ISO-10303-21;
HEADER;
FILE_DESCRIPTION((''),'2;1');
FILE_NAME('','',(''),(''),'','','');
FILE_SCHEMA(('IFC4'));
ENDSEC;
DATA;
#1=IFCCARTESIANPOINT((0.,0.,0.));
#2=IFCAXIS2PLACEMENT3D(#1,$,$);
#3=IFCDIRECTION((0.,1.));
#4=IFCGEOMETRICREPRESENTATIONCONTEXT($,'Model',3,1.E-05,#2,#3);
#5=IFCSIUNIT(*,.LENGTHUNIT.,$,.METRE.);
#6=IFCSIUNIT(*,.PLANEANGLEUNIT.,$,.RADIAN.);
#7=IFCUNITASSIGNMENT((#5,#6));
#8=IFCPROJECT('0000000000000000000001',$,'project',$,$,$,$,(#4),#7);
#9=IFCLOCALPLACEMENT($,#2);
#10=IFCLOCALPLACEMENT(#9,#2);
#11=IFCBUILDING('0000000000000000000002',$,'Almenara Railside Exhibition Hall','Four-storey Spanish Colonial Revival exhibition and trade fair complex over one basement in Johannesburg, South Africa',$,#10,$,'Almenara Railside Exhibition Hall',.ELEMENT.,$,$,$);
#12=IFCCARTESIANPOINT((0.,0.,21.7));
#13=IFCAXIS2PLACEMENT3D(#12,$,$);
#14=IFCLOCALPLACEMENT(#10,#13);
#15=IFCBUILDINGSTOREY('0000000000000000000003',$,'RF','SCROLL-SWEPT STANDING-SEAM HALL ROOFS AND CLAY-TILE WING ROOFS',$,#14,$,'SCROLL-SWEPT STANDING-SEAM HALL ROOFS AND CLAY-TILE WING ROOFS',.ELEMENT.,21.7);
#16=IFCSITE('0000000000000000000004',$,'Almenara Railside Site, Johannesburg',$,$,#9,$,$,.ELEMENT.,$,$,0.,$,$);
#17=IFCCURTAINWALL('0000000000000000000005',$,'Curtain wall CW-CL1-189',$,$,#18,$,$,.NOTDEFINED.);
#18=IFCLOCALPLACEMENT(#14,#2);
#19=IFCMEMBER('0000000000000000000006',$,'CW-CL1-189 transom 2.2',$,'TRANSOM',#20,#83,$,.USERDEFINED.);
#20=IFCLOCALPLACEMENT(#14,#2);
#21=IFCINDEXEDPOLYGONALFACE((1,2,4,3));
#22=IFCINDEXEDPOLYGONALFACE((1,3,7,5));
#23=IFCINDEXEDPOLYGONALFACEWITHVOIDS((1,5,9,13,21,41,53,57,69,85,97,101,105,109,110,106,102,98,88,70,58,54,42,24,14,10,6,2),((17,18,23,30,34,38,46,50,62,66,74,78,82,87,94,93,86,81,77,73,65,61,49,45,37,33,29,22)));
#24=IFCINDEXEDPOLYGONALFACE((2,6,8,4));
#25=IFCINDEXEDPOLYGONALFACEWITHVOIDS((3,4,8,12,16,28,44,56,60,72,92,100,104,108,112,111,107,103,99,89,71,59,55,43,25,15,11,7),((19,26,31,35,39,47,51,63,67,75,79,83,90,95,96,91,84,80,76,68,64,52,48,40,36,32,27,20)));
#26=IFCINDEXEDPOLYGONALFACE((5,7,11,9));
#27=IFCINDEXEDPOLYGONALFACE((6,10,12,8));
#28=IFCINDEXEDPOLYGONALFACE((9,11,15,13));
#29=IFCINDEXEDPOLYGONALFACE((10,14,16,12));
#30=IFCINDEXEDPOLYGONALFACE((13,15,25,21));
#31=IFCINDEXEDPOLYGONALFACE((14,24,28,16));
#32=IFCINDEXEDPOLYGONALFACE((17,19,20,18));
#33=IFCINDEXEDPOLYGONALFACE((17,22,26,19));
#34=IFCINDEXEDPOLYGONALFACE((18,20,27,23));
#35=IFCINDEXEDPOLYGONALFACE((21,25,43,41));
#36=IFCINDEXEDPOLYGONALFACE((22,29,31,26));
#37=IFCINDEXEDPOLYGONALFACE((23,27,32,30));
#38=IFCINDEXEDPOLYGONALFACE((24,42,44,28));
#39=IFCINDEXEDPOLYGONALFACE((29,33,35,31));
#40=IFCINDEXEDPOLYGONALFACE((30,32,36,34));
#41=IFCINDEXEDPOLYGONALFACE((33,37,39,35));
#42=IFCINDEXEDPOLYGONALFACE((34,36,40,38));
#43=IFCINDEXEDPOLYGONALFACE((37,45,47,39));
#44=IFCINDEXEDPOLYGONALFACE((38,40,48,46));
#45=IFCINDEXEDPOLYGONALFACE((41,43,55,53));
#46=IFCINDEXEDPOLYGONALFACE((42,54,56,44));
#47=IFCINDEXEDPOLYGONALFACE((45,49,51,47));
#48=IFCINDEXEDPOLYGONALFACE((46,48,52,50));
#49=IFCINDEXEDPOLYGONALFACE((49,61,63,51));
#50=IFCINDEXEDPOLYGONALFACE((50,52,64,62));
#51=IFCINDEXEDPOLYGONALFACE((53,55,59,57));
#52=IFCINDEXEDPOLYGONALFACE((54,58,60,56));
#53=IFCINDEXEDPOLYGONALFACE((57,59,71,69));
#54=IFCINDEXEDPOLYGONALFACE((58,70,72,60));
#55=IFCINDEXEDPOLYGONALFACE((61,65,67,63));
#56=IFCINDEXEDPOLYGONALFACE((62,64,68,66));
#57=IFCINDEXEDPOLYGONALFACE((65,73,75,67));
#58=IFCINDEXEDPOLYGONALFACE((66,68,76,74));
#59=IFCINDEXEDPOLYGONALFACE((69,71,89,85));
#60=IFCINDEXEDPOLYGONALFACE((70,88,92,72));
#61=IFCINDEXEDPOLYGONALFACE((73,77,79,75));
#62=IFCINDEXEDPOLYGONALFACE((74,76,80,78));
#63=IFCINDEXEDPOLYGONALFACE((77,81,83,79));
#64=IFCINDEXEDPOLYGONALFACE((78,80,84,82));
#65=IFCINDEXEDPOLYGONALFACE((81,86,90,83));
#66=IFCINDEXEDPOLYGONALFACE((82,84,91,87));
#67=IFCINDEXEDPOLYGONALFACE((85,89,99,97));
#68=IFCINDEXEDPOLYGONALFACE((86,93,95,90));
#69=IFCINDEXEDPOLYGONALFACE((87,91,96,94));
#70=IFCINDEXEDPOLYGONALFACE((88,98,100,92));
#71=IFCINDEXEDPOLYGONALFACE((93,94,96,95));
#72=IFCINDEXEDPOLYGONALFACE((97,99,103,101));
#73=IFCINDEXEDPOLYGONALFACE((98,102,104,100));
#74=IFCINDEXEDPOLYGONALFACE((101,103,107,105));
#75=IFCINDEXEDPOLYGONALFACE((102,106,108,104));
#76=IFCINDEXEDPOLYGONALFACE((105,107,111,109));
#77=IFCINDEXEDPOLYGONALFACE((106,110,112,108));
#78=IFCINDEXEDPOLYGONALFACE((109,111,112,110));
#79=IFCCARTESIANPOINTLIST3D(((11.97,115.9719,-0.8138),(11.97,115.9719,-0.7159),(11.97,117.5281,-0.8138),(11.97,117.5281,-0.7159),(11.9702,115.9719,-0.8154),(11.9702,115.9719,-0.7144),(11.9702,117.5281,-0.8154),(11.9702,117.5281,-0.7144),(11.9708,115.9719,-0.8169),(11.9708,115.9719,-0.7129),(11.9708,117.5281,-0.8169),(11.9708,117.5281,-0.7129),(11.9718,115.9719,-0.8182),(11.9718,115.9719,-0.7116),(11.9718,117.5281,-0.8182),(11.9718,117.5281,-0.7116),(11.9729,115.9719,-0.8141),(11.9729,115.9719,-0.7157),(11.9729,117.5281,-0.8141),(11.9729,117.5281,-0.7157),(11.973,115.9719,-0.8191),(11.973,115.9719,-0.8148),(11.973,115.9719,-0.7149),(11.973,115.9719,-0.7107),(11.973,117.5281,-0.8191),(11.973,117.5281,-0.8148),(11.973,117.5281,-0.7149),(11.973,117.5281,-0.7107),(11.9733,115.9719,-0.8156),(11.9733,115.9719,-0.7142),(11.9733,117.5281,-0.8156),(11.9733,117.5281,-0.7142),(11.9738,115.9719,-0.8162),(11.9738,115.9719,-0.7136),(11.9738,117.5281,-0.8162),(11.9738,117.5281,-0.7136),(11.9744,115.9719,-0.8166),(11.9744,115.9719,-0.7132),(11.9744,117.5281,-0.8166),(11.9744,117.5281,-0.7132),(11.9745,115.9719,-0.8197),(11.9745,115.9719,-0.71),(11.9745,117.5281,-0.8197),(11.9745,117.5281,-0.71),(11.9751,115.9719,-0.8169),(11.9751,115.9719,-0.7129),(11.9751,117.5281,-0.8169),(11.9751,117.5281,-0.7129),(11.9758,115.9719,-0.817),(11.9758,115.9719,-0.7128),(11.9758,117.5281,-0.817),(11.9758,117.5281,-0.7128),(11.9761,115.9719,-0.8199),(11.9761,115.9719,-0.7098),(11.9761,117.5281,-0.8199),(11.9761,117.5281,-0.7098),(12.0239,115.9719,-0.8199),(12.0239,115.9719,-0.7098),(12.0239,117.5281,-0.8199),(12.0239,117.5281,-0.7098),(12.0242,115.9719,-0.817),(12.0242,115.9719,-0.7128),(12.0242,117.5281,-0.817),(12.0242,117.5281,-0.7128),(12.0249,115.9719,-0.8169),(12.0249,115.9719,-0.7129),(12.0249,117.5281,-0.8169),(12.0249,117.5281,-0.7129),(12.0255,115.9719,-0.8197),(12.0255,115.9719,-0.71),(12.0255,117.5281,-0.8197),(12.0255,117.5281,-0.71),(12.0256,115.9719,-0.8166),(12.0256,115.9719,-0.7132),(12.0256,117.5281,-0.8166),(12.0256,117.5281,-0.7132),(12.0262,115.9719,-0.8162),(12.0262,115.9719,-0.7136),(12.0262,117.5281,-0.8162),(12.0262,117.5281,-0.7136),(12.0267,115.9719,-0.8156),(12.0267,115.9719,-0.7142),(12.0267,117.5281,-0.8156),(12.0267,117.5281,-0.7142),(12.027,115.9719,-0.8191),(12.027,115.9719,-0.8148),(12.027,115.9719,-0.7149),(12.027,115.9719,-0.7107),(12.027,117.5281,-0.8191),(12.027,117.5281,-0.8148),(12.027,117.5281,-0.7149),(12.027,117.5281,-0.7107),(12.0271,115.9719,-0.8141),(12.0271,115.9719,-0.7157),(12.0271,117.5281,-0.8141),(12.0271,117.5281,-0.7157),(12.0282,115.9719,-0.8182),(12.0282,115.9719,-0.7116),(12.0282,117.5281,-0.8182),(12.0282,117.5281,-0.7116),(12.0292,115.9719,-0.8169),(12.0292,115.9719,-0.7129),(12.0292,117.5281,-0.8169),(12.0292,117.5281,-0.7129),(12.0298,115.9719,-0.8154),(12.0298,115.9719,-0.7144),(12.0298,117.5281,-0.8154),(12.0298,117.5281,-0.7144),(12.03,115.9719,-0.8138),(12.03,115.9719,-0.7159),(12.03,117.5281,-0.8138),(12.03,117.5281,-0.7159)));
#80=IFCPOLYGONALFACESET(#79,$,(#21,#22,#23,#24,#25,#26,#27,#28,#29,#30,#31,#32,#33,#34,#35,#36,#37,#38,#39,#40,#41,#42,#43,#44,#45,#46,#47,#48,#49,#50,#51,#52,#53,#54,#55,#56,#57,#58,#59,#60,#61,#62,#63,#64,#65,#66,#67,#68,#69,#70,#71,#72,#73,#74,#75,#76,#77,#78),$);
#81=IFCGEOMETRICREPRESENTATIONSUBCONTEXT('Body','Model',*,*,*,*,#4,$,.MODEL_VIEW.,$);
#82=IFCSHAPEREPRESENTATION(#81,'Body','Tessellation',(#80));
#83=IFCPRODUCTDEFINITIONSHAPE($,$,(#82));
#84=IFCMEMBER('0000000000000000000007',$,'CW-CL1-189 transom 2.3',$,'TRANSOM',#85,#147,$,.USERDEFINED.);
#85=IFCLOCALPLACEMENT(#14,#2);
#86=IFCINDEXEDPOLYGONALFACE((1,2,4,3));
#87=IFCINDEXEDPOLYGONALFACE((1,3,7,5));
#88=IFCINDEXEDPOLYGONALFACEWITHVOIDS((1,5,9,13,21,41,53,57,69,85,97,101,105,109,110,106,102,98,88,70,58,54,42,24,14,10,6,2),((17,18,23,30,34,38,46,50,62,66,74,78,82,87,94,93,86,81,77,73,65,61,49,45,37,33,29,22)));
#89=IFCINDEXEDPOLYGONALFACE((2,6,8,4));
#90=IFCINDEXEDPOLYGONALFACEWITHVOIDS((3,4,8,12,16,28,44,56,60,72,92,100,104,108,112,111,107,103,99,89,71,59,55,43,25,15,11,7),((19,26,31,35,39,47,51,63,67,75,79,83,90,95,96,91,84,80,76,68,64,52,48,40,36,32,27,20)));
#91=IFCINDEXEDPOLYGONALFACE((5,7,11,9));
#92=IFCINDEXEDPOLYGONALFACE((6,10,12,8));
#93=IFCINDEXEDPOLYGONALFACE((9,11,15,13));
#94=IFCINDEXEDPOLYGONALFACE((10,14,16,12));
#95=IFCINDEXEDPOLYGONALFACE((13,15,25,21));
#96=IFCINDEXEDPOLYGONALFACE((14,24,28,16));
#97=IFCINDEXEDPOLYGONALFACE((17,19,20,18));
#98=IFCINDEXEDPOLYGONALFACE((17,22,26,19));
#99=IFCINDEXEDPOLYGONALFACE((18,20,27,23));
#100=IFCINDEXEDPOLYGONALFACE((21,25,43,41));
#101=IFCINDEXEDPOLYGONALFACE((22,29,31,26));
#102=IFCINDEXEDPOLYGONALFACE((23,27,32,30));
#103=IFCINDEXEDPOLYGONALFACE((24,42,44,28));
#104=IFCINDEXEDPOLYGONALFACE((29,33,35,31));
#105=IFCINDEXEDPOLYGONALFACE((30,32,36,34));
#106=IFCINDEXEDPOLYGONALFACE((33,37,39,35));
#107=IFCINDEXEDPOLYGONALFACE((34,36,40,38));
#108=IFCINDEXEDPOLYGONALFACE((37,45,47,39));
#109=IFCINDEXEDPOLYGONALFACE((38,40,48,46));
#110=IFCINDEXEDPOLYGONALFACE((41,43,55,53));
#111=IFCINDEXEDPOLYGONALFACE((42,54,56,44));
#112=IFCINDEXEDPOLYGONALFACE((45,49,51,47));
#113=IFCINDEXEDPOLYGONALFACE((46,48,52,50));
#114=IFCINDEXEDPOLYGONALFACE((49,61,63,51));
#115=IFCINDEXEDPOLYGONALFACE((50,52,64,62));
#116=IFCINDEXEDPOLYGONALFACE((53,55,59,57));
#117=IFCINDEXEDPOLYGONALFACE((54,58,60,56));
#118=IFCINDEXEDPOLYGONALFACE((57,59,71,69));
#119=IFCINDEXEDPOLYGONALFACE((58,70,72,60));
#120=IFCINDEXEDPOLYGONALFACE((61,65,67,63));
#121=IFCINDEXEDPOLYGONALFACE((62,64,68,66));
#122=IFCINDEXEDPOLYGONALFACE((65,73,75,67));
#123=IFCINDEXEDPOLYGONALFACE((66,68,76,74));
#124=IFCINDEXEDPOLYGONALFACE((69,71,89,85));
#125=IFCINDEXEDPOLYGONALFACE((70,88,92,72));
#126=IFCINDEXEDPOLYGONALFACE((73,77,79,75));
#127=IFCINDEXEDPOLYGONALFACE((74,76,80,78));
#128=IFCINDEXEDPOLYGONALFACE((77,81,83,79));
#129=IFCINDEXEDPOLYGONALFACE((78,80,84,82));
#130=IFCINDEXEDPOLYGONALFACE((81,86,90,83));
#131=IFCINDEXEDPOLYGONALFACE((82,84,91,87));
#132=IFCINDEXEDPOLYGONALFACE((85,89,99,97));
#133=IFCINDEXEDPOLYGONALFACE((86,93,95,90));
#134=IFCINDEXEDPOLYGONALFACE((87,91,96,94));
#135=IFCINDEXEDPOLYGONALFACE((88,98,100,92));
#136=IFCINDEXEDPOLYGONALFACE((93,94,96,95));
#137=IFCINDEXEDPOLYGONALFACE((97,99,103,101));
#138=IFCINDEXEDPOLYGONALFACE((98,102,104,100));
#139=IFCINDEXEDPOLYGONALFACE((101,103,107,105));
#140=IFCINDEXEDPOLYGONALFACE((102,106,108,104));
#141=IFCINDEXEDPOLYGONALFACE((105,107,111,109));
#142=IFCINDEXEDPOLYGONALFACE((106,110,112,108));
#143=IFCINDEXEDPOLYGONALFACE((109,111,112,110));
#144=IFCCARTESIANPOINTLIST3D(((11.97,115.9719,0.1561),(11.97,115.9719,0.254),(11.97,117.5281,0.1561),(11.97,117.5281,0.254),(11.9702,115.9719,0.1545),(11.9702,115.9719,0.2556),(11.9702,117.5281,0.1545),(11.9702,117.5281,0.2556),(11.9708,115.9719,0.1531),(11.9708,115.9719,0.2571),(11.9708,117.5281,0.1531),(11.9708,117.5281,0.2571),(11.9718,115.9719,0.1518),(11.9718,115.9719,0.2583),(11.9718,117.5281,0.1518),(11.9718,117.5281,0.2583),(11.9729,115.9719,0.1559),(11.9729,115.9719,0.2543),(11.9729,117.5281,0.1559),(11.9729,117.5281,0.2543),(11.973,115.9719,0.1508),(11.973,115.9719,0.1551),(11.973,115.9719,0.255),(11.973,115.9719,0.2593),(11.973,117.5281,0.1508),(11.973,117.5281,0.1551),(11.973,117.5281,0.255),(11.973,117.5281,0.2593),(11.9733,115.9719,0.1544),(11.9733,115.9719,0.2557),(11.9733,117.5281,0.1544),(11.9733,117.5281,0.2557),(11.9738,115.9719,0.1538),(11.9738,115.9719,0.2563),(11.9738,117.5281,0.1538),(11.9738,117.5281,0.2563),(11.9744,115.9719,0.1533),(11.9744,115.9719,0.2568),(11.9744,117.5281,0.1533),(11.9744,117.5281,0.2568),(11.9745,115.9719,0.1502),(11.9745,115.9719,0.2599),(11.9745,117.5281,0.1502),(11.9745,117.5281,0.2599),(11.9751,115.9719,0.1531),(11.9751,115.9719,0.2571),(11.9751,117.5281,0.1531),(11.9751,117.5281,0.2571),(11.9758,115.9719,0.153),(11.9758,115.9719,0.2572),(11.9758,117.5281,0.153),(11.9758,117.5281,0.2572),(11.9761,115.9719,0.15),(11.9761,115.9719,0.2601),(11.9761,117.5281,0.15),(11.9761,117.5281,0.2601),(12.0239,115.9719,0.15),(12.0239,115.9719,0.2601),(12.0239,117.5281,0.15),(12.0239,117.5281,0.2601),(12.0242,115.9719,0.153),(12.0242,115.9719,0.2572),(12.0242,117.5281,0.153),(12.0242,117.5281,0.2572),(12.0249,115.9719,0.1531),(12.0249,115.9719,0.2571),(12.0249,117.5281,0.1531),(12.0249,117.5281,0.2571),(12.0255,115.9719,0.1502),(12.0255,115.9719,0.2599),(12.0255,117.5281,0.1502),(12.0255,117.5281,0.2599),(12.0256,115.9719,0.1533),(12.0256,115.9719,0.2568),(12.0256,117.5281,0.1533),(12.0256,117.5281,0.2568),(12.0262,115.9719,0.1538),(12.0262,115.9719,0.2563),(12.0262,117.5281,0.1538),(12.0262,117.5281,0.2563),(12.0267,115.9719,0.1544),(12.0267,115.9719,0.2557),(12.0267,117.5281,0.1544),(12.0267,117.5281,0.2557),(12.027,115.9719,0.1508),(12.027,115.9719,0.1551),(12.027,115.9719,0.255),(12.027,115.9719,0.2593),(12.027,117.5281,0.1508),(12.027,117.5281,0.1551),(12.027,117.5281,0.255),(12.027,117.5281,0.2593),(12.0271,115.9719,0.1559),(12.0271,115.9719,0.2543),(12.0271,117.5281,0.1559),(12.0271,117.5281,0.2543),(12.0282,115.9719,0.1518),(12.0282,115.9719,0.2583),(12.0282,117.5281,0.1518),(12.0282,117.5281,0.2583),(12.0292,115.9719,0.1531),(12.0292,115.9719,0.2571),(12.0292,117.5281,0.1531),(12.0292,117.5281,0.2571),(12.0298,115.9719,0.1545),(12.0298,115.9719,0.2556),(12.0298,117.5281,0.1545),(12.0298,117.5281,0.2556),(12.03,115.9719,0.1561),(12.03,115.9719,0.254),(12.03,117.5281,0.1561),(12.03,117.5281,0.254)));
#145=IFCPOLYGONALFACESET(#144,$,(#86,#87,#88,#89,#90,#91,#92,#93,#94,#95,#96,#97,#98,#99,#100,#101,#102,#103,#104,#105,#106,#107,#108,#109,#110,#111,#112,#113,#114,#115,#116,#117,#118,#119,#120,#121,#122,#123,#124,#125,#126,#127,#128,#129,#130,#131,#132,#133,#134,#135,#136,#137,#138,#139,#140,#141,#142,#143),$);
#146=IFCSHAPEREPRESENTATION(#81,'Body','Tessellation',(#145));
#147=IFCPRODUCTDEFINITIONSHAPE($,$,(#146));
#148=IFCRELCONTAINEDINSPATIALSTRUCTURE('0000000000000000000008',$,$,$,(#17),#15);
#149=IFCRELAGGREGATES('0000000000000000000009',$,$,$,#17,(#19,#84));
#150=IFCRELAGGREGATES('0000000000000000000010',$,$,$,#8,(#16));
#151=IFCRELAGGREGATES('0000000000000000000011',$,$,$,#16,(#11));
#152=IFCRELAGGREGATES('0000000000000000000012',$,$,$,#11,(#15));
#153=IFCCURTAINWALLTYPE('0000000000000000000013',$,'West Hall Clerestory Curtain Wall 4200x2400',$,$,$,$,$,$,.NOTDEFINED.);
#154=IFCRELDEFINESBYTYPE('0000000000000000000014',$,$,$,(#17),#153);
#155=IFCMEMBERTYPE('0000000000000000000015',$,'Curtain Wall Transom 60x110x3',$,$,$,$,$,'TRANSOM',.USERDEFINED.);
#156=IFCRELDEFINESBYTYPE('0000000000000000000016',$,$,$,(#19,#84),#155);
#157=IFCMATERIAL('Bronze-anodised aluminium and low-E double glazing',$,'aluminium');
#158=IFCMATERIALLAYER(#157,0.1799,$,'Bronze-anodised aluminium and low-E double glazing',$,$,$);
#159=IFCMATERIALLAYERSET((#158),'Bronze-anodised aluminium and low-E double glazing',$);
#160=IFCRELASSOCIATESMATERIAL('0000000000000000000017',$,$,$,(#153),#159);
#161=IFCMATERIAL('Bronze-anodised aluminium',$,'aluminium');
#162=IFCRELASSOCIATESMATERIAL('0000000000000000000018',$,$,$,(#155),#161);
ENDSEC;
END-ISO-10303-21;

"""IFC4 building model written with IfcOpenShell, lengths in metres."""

from ifc_helpers import new_model, si_unit, direction, frame, origin, origin_2d, place, context, subcontext, project, spatial, hollow_rectangle, extrude, material, layer, layer_set, material_profile, profile_set, type_object, element, aggregate, save


model = new_model("IFC4")

# Units and contexts
model_context = context("Model", 3, precision=1e-05, world=origin(), true_north=direction((0.0, 1.0)))
body_context = subcontext(model_context, "Body", "Model", "MODEL_VIEW")
ifc_project = project(units=[si_unit("LENGTHUNIT", "METRE"), si_unit("PLANEANGLEUNIT", "RADIAN")], contexts=[model_context])

# Site, building, storey
site_placement = place(None, origin())
site = spatial("IfcSite", under=ifc_project, at=site_placement, Name="Almenara Railside Site, Johannesburg", CompositionType="ELEMENT", RefElevation=0.0)
building_placement = place(site_placement, origin())
building = spatial("IfcBuilding", under=site, at=building_placement, Name="Almenara Railside Exhibition Hall", Description="Four-storey Spanish Colonial Revival exhibition and trade fair complex over one basement in Johannesburg, South Africa", LongName="Almenara Railside Exhibition Hall", CompositionType="ELEMENT")
storey_placement = place(building_placement, frame((0.0, 0.0, 21.7)))
storey = spatial("IfcBuildingStorey", under=building, at=storey_placement, Name="RF", Description="SCROLL-SWEPT STANDING-SEAM HALL ROOFS AND CLAY-TILE WING ROOFS", LongName="SCROLL-SWEPT STANDING-SEAM HALL ROOFS AND CLAY-TILE WING ROOFS", CompositionType="ELEMENT", Elevation=21.7)

# Curtain wall
ifc_material_1 = material(Name="Bronze-anodised aluminium and low-E double glazing", Category="aluminium")
ifc_layer_1 = layer(ifc_material_1, 0.1799, Name="Bronze-anodised aluminium and low-E double glazing")
ifc_layer_set_1 = layer_set([ifc_layer_1], Name="Bronze-anodised aluminium and low-E double glazing")
curtain_wall_type = type_object("IfcCurtainWallType", Name="West Hall Clerestory Curtain Wall 4200x2400", PredefinedType="NOTDEFINED", material=ifc_layer_set_1)
curtain_wall_1_placement = place(storey_placement, origin())
curtain_wall_1 = element("IfcCurtainWall", 1, at=curtain_wall_1_placement, inside=storey, type_object=curtain_wall_type, Name="Curtain wall CW-CL1-189", PredefinedType="NOTDEFINED")
ifc_material_2 = material(Name="Bronze-anodised aluminium", Category="aluminium")

# Members
ifc_material_profile_1 = material_profile(ifc_material_2, hollow_rectangle(XDim=0.0601, YDim=0.1101, WallThickness=0.0029, InnerFilletRadius=0.0029, OuterFilletRadius=0.0061, at=origin_2d()), Name="ALU-TRN 60x110x3")
ifc_profile_set_1 = profile_set([ifc_material_profile_1], Name="Bronze-anodised aluminium")
member_type_1 = type_object("IfcMemberType", Name="Curtain Wall Transom 60x110x3", ElementType="TRANSOM", PredefinedType="USERDEFINED", material=ifc_profile_set_1)
member_1_placement = place(storey_placement, frame((12.0, 115.9719, -0.7649), z_axis=(0.0, 1.0, 0.0), x_axis=(-1.0, 0.0, 0.0)))
member_1 = element("IfcMember", 2, at=member_1_placement, type_object=member_type_1, Name="CW-CL1-189 transom 2.2", ObjectType="TRANSOM", PredefinedType="USERDEFINED", context=body_context, shape_type="SweptSolid", body=[
    extrude(hollow_rectangle(XDim=0.0601, YDim=0.1101, WallThickness=0.0029, InnerFilletRadius=0.0029, OuterFilletRadius=0.0061, at=origin_2d()), origin(), (0.0, 0.0, 1.0), 1.5562),
])
member_2_placement = place(storey_placement, frame((12.0, 115.9719, 0.2051), z_axis=(0.0, 1.0, 0.0), x_axis=(-1.0, 0.0, 0.0)))
member_2 = element("IfcMember", 3, at=member_2_placement, type_object=member_type_1, Name="CW-CL1-189 transom 2.3", ObjectType="TRANSOM", PredefinedType="USERDEFINED", context=body_context, shape_type="SweptSolid", body=[
    extrude(hollow_rectangle(XDim=0.0601, YDim=0.1101, WallThickness=0.0029, InnerFilletRadius=0.0029, OuterFilletRadius=0.0061, at=origin_2d()), origin(), (0.0, 0.0, 1.0), 1.5562),
])

aggregate(curtain_wall_1, [member_1, member_2])

save(model, "model.ifc")
